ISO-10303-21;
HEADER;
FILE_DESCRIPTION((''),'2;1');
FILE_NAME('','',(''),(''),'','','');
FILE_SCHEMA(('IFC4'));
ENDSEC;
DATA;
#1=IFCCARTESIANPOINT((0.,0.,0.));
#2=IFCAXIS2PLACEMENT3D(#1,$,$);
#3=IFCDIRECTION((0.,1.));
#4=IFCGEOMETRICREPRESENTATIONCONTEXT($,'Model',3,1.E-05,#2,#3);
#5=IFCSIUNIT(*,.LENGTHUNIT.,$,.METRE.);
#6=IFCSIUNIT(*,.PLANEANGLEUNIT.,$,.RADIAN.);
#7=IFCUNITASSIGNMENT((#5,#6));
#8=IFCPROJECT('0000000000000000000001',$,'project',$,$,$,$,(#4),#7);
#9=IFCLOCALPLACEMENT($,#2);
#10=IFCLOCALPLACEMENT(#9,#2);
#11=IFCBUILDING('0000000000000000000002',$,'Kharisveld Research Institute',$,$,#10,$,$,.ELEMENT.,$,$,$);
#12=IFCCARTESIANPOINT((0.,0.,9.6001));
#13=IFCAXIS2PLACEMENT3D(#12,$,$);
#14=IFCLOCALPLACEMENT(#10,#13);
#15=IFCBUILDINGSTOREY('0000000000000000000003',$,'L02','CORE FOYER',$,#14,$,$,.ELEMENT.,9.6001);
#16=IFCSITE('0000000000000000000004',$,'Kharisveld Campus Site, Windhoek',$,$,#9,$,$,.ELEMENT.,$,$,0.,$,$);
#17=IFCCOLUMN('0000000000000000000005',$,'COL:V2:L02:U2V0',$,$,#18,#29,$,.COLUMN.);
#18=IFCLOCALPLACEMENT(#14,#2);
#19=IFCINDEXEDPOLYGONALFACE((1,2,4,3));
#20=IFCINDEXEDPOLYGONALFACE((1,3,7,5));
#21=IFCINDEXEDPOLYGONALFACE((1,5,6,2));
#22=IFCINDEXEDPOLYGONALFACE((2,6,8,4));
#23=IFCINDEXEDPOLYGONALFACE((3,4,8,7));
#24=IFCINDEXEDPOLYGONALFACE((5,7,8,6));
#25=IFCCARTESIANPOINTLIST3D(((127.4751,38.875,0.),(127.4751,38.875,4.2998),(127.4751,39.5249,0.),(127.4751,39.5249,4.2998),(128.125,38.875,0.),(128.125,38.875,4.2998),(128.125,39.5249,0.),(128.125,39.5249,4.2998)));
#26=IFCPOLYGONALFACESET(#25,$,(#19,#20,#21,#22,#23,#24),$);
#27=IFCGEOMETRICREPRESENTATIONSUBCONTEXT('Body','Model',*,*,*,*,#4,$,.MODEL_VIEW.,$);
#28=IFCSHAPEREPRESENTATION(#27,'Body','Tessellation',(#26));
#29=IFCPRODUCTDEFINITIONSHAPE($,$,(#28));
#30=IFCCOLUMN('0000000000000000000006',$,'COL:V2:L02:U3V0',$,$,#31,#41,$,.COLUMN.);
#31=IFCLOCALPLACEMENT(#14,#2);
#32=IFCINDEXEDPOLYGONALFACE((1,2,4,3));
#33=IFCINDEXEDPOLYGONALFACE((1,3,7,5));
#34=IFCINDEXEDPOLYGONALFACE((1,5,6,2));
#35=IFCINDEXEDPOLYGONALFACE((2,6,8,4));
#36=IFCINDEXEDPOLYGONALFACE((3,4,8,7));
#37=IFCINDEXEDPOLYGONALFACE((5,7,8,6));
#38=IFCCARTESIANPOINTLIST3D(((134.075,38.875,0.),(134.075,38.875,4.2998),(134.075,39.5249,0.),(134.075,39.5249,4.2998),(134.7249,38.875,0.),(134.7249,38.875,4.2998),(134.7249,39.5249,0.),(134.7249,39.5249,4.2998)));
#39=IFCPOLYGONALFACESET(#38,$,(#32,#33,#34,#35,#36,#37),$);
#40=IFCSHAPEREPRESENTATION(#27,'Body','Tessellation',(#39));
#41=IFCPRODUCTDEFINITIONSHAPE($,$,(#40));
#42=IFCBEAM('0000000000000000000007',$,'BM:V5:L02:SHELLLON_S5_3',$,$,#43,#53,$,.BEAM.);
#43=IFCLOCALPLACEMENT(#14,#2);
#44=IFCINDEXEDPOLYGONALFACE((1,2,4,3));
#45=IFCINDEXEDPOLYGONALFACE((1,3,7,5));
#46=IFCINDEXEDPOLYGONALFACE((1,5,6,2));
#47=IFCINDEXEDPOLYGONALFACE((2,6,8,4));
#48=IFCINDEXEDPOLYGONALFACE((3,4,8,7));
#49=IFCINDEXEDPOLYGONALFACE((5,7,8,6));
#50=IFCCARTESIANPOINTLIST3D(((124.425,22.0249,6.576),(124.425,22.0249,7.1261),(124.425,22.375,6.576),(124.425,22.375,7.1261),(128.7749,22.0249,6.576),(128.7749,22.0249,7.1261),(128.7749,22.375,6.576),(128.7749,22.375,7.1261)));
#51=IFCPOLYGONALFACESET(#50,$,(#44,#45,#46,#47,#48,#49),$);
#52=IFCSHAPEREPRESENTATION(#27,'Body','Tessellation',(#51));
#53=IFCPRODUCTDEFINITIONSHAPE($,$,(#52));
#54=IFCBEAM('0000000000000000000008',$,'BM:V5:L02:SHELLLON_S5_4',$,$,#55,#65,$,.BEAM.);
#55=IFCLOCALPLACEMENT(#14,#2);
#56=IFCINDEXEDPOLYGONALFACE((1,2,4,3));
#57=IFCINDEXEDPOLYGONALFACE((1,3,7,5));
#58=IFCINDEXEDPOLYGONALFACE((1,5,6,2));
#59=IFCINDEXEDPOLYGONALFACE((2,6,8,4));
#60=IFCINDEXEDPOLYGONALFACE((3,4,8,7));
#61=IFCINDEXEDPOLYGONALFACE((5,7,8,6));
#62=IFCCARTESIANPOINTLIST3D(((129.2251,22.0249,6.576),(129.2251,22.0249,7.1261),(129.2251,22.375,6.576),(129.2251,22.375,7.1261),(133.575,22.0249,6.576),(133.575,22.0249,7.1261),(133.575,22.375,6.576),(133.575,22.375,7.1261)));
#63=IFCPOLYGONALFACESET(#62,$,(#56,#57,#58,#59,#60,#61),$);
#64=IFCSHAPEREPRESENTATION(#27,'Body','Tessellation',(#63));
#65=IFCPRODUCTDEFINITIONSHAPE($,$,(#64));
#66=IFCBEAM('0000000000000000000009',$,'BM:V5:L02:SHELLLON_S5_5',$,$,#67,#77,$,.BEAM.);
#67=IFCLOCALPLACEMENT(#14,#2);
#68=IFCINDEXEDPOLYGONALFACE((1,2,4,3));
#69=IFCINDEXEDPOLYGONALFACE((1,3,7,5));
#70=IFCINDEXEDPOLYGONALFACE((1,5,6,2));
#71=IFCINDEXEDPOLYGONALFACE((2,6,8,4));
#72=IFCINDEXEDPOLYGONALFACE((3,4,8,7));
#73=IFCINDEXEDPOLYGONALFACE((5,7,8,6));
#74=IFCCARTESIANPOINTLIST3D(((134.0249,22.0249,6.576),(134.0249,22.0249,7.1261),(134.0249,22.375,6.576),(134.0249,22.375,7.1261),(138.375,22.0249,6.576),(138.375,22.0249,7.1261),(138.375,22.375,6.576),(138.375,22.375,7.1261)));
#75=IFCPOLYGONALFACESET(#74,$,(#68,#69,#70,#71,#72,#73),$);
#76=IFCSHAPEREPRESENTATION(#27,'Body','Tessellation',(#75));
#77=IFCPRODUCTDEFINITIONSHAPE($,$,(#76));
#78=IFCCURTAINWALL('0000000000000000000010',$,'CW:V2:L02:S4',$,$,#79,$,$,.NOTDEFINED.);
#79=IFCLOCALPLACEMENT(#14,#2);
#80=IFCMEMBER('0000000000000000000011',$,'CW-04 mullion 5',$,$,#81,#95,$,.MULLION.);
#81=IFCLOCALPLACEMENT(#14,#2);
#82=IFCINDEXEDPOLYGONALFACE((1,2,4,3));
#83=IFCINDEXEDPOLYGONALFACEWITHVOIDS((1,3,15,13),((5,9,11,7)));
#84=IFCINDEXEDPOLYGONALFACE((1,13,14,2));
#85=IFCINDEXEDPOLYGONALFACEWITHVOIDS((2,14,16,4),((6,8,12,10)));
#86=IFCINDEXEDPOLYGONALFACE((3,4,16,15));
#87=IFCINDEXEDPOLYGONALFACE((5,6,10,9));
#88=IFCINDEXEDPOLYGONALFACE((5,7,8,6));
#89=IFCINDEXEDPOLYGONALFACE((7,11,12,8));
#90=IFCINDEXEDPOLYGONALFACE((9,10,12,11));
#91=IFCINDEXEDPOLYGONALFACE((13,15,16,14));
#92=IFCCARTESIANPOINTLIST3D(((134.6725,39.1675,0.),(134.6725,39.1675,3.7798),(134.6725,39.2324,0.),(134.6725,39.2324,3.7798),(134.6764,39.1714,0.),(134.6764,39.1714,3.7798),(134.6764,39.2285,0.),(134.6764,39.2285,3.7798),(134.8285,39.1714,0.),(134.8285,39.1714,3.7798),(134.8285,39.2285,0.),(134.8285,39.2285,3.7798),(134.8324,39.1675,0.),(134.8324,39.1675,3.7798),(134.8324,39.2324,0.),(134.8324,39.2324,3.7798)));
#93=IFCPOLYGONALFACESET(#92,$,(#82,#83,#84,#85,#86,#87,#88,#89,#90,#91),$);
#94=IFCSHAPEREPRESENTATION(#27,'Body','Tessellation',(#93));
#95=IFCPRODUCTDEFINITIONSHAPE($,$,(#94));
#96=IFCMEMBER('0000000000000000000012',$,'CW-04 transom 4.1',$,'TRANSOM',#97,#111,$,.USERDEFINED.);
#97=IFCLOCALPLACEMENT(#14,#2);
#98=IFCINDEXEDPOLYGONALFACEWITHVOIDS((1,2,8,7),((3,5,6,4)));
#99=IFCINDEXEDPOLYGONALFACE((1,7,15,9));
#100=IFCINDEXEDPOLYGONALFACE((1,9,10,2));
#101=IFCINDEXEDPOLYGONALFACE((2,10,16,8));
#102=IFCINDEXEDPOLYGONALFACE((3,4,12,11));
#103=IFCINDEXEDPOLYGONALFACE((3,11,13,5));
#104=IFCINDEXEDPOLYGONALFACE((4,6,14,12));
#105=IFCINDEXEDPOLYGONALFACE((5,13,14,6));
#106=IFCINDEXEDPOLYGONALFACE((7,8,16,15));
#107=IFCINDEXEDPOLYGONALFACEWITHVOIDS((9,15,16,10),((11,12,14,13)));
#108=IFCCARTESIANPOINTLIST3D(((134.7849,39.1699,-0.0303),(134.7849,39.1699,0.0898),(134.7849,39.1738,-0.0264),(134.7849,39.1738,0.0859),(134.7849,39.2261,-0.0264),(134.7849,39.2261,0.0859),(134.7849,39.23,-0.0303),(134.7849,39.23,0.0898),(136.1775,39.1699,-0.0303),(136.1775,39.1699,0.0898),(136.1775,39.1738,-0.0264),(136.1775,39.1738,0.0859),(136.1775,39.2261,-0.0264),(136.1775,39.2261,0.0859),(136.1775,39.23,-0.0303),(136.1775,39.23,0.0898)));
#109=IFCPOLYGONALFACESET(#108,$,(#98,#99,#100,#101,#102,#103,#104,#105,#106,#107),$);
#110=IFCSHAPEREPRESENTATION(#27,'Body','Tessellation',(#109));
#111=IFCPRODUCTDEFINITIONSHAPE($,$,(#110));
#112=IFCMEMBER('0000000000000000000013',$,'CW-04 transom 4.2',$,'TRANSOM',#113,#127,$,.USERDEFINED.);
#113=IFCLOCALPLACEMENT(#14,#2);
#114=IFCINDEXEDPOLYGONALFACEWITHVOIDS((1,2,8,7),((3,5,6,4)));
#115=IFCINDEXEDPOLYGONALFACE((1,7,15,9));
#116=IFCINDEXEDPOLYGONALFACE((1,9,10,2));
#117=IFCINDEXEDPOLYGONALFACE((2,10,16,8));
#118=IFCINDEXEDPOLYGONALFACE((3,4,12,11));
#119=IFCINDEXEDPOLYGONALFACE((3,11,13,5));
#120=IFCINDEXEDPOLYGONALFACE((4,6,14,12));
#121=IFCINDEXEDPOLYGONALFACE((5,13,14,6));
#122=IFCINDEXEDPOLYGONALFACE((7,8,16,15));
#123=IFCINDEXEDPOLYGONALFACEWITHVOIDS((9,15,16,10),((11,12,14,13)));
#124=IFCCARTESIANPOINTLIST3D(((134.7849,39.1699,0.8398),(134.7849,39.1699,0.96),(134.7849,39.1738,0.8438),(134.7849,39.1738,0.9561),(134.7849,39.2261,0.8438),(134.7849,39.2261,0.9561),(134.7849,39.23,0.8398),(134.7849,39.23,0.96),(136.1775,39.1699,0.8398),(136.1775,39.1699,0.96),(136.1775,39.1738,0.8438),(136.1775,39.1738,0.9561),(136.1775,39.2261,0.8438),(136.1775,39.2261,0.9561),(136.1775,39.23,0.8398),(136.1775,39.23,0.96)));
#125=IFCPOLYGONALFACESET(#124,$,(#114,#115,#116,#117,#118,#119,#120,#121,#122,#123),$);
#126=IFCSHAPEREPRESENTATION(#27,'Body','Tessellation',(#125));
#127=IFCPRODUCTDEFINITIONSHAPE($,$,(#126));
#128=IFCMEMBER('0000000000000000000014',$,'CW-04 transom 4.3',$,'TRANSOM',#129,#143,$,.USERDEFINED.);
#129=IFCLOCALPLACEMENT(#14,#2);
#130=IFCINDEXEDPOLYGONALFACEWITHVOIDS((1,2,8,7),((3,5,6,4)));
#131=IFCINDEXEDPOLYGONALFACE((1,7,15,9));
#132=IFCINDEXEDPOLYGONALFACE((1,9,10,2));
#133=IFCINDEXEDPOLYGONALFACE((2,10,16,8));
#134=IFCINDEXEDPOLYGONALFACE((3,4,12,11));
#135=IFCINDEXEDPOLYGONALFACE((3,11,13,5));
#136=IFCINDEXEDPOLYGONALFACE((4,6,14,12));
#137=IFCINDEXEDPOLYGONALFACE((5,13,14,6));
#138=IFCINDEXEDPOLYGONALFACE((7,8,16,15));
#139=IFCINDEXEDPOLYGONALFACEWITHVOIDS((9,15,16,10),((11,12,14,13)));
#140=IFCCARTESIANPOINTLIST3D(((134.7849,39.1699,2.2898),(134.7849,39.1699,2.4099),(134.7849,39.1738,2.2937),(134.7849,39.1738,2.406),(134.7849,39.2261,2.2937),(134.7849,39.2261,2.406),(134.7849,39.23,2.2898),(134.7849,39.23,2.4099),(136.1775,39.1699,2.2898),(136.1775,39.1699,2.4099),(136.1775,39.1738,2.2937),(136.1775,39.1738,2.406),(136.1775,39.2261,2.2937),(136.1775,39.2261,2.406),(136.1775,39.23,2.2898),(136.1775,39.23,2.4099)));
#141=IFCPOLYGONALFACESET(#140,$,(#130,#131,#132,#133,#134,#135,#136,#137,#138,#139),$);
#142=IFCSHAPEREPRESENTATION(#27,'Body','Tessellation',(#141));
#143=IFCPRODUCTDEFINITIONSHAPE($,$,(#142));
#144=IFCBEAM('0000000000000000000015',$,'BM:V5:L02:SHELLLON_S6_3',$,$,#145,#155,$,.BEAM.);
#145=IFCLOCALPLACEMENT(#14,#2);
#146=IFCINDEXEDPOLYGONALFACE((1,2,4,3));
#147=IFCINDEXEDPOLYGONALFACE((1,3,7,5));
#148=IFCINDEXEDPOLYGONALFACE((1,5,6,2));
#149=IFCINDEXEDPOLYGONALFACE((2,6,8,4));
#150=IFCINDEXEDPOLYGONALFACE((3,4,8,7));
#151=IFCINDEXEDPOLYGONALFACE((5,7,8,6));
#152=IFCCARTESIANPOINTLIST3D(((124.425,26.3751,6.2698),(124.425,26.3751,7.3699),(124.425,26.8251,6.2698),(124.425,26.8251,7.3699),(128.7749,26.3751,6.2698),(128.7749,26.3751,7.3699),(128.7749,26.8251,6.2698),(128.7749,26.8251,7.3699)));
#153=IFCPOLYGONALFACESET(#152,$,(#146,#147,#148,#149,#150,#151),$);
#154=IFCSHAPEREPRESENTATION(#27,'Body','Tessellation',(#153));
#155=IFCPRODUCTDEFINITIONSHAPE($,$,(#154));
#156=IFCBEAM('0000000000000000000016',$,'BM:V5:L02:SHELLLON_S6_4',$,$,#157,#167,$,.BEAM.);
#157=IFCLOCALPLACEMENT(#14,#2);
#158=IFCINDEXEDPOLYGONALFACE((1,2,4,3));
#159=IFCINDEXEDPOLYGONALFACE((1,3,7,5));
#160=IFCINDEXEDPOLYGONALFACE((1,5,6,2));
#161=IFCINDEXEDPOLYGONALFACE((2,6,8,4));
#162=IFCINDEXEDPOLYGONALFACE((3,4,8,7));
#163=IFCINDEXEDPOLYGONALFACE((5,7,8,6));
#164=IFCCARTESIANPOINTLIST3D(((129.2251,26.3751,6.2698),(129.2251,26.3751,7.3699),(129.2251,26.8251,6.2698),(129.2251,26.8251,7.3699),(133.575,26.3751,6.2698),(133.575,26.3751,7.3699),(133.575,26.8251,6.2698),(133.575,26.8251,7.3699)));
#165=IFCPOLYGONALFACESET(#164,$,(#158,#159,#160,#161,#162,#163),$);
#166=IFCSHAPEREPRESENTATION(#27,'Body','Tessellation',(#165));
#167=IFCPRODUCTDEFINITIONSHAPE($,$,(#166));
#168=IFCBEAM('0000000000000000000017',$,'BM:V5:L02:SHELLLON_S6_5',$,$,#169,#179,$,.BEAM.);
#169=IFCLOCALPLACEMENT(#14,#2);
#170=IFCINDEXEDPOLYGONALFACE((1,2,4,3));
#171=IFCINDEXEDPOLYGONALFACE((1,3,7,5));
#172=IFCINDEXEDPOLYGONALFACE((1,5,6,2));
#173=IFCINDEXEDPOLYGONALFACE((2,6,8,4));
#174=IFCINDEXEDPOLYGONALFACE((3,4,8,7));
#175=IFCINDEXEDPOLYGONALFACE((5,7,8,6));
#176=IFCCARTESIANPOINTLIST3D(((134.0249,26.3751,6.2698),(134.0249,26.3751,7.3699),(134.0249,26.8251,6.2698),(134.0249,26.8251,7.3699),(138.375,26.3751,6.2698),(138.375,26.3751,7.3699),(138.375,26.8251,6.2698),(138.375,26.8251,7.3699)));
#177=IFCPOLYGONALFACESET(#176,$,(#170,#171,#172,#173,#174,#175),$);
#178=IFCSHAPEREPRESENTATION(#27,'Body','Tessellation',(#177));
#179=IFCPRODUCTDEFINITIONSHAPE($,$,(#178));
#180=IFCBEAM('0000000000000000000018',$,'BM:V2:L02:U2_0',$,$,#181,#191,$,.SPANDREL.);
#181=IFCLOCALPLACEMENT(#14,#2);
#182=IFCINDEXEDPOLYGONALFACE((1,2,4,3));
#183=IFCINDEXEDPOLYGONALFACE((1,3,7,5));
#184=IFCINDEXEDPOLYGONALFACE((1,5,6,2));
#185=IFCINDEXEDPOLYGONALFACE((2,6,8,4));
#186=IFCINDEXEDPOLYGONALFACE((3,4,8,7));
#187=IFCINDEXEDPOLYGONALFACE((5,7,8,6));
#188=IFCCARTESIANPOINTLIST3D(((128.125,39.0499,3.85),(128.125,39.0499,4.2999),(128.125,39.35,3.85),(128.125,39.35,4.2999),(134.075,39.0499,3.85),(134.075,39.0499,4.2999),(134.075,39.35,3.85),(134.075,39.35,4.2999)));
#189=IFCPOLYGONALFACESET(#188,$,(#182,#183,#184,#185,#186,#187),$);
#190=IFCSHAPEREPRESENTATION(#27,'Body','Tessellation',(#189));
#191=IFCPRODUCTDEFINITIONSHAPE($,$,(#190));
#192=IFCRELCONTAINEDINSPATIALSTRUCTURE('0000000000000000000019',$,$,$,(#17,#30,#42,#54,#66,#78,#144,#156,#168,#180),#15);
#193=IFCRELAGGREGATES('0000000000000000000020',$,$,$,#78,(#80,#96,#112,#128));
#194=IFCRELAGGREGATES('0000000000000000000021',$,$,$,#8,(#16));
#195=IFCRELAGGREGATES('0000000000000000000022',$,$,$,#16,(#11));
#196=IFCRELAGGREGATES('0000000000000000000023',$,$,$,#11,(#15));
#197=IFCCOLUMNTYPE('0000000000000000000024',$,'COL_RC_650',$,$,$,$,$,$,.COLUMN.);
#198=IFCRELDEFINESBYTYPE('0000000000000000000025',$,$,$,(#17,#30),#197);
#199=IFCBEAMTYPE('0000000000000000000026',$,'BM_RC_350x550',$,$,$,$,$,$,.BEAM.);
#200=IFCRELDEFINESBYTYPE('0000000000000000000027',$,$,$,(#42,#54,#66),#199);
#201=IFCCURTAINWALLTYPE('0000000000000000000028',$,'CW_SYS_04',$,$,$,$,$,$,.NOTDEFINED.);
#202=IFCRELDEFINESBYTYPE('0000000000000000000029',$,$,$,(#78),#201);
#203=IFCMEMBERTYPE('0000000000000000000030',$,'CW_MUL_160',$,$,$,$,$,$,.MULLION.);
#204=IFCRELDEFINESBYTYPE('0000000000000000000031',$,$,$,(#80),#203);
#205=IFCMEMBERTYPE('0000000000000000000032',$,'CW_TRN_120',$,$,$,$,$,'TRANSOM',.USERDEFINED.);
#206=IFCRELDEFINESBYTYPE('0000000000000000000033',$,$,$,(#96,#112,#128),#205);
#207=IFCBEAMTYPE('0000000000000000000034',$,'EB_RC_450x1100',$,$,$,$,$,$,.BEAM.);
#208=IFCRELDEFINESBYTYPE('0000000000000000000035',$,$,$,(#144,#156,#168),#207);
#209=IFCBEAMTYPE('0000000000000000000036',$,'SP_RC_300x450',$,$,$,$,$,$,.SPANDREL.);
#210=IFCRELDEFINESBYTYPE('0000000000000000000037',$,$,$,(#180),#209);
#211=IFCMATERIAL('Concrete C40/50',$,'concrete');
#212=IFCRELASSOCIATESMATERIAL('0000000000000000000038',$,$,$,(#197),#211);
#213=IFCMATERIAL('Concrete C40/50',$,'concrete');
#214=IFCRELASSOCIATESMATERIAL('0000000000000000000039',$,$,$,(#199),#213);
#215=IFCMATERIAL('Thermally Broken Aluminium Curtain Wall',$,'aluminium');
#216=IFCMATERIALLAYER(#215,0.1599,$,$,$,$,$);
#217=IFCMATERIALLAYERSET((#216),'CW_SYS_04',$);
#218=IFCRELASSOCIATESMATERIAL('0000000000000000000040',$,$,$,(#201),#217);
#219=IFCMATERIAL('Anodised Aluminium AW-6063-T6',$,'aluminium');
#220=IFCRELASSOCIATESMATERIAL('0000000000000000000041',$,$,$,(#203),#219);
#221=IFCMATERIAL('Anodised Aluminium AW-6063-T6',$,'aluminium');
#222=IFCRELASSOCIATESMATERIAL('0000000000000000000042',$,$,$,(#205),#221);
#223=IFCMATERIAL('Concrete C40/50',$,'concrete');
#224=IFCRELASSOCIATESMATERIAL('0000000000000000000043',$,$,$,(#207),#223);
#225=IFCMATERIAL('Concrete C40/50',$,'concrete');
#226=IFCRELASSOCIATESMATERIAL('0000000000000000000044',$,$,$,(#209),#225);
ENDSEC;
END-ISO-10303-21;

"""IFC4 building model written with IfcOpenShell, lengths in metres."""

from ifc_helpers import new_model, si_unit, direction, frame, origin, origin_2d, place, context, subcontext, project, spatial, rectangle, hollow_rectangle, extrude, material, layer, layer_set, material_profile, profile_set, type_object, element, aggregate, save


model = new_model("IFC4")

# Units and contexts
model_context = context("Model", 3, precision=1e-05, world=origin(), true_north=direction((0.0, 1.0)))
body_context = subcontext(model_context, "Body", "Model", "MODEL_VIEW")
ifc_project = project(units=[si_unit("LENGTHUNIT", "METRE"), si_unit("PLANEANGLEUNIT", "RADIAN")], contexts=[model_context])

# Site, building, storey
site_placement = place(None, origin())
site = spatial("IfcSite", under=ifc_project, at=site_placement, Name="Kharisveld Campus Site, Windhoek", CompositionType="ELEMENT", RefElevation=0.0)
building_placement = place(site_placement, origin())
building = spatial("IfcBuilding", under=site, at=building_placement, Name="Kharisveld Research Institute", CompositionType="ELEMENT")
storey_placement = place(building_placement, frame((0.0, 0.0, 9.6001)))
storey = spatial("IfcBuildingStorey", under=building, at=storey_placement, Name="L02", Description="CORE FOYER", CompositionType="ELEMENT", Elevation=9.6001)

# Columns
ifc_material_1 = material(Name="Concrete C40/50", Category="concrete")
ifc_material_profile_1 = material_profile(ifc_material_1, rectangle(XDim=0.6499, YDim=0.6499, at=origin_2d()))
ifc_profile_set_1 = profile_set([ifc_material_profile_1], Name="Concrete C40/50")
column_type = type_object("IfcColumnType", Name="COL_RC_650", PredefinedType="COLUMN", material=ifc_profile_set_1)
for number, where, z_axis, x_axis, name in (
    (1, (127.8, 39.2, 0.0), (0.0, 0.0, 1.0), (1.0, 0.0, 0.0), "COL:V2:L02:U2V0"),
    (2, (134.3999, 39.2, 0.0), (0.0, 0.0, 1.0), (1.0, 0.0, 0.0), "COL:V2:L02:U3V0"),
):
    element("IfcColumn", number, at=place(storey_placement, frame(where, z_axis=z_axis, x_axis=x_axis)), inside=storey, type_object=column_type, Name=name, PredefinedType="COLUMN", context=body_context, shape_type="SweptSolid", body=[
        extrude(rectangle(XDim=0.6499, YDim=0.6499, at=origin_2d()), origin(), (0.0, 0.0, 1.0), 4.2998),
    ])

# Beams
ifc_material_2 = material(Name="Concrete C40/50", Category="concrete")
ifc_material_profile_2 = material_profile(ifc_material_2, rectangle(XDim=0.3501, YDim=0.55, at=origin_2d()))
ifc_profile_set_2 = profile_set([ifc_material_profile_2], Name="Concrete C40/50")
beam_type_1 = type_object("IfcBeamType", Name="BM_RC_350x550", PredefinedType="BEAM", material=ifc_profile_set_2)
for number, where, z_axis, x_axis, name in (
    (3, (124.425, 22.2, 6.8511), (1.0, 0.0, 0.0), (0.0, 1.0, 0.0), "BM:V5:L02:SHELLLON_S5_3"),
    (4, (129.2251, 22.2, 6.8511), (1.0, 0.0, 0.0), (0.0, 1.0, 0.0), "BM:V5:L02:SHELLLON_S5_4"),
):
    element("IfcBeam", number, at=place(storey_placement, frame(where, z_axis=z_axis, x_axis=x_axis)), inside=storey, type_object=beam_type_1, Name=name, PredefinedType="BEAM", context=body_context, shape_type="SweptSolid", body=[
        extrude(rectangle(XDim=0.3501, YDim=0.55, at=origin_2d()), origin(), (0.0, 0.0, 1.0), 4.3499),
    ])
beam_1_placement = place(storey_placement, frame((134.0249, 22.2, 6.8511), z_axis=(1.0, 0.0, 0.0), x_axis=(0.0, 1.0, 0.0)))
element("IfcBeam", 5, at=beam_1_placement, inside=storey, type_object=beam_type_1, Name="BM:V5:L02:SHELLLON_S5_5", PredefinedType="BEAM", context=body_context, shape_type="SweptSolid", body=[
    extrude(rectangle(XDim=0.3501, YDim=0.55, at=origin_2d()), origin(), (0.0, 0.0, 1.0), 4.3501),
])

# Curtain wall, members
ifc_material_3 = material(Name="Thermally Broken Aluminium Curtain Wall", Category="aluminium")
ifc_layer_1 = layer(ifc_material_3, 0.1599)
ifc_layer_set_1 = layer_set([ifc_layer_1], Name="CW_SYS_04")
curtain_wall_type = type_object("IfcCurtainWallType", Name="CW_SYS_04", PredefinedType="NOTDEFINED", material=ifc_layer_set_1)
curtain_wall_placement = place(storey_placement, origin())
curtain_wall = element("IfcCurtainWall", 6, at=curtain_wall_placement, inside=storey, type_object=curtain_wall_type, Name="CW:V2:L02:S4", PredefinedType="NOTDEFINED")
ifc_material_4 = material(Name="Anodised Aluminium AW-6063-T6", Category="aluminium")
ifc_material_profile_3 = material_profile(ifc_material_4, hollow_rectangle(XDim=0.0649, YDim=0.1599, WallThickness=0.0039, at=origin_2d()))
ifc_profile_set_3 = profile_set([ifc_material_profile_3], Name="Anodised Aluminium AW-6063-T6")
member_type_1 = type_object("IfcMemberType", Name="CW_MUL_160", PredefinedType="MULLION", material=ifc_profile_set_3)
member_1_placement = place(storey_placement, frame((134.7524, 39.2, 0.0), z_axis=(0.0, 0.0, 1.0), x_axis=(0.0, -1.0, 0.0)))
member_1 = element("IfcMember", 7, at=member_1_placement, type_object=member_type_1, Name="CW-04 mullion 5", PredefinedType="MULLION", context=body_context, shape_type="SweptSolid", body=[
    extrude(hollow_rectangle(XDim=0.0649, YDim=0.1599, WallThickness=0.0039, at=origin_2d()), origin(), (0.0, 0.0, 1.0), 3.7798),
])
ifc_material_5 = material(Name="Anodised Aluminium AW-6063-T6", Category="aluminium")
ifc_material_profile_4 = material_profile(ifc_material_5, hollow_rectangle(XDim=0.0601, YDim=0.1201, WallThickness=0.0039, at=origin_2d()))
ifc_profile_set_4 = profile_set([ifc_material_profile_4], Name="Anodised Aluminium AW-6063-T6")
member_type_2 = type_object("IfcMemberType", Name="CW_TRN_120", ElementType="TRANSOM", PredefinedType="USERDEFINED", material=ifc_profile_set_4)
member_2_placement = place(storey_placement, frame((136.1775, 39.2, 0.0298), z_axis=(-1.0, 0.0, 0.0), x_axis=(0.0, -1.0, 0.0)))
member_2 = element("IfcMember", 8, at=member_2_placement, type_object=member_type_2, Name="CW-04 transom 4.1", ObjectType="TRANSOM", PredefinedType="USERDEFINED", context=body_context, shape_type="SweptSolid", body=[
    extrude(hollow_rectangle(XDim=0.0601, YDim=0.1201, WallThickness=0.0039, at=origin_2d()), origin(), (0.0, 0.0, 1.0), 1.3926),
])
member_3_placement = place(storey_placement, frame((136.1775, 39.2, 0.8999), z_axis=(-1.0, 0.0, 0.0), x_axis=(0.0, -1.0, 0.0)))
member_3 = element("IfcMember", 9, at=member_3_placement, type_object=member_type_2, Name="CW-04 transom 4.2", ObjectType="TRANSOM", PredefinedType="USERDEFINED", context=body_context, shape_type="SweptSolid", body=[
    extrude(hollow_rectangle(XDim=0.0601, YDim=0.1201, WallThickness=0.0039, at=origin_2d()), origin(), (0.0, 0.0, 1.0), 1.3926),
])
member_4_placement = place(storey_placement, frame((136.1775, 39.2, 2.3499), z_axis=(-1.0, 0.0, 0.0), x_axis=(0.0, -1.0, 0.0)))
member_4 = element("IfcMember", 10, at=member_4_placement, type_object=member_type_2, Name="CW-04 transom 4.3", ObjectType="TRANSOM", PredefinedType="USERDEFINED", context=body_context, shape_type="SweptSolid", body=[
    extrude(hollow_rectangle(XDim=0.0601, YDim=0.1201, WallThickness=0.0039, at=origin_2d()), origin(), (0.0, 0.0, 1.0), 1.3926),
])

# Beams
ifc_material_6 = material(Name="Concrete C40/50", Category="concrete")
ifc_material_profile_5 = material_profile(ifc_material_6, rectangle(XDim=0.45, YDim=1.1001, at=origin_2d()))
ifc_profile_set_5 = profile_set([ifc_material_profile_5], Name="Concrete C40/50")
beam_type_2 = type_object("IfcBeamType", Name="EB_RC_450x1100", PredefinedType="BEAM", material=ifc_profile_set_5)
for number, where, z_axis, x_axis, name in (
    (11, (124.425, 26.6001, 6.8198), (1.0, 0.0, 0.0), (0.0, 1.0, 0.0), "BM:V5:L02:SHELLLON_S6_3"),
    (12, (129.2251, 26.6001, 6.8198), (1.0, 0.0, 0.0), (0.0, 1.0, 0.0), "BM:V5:L02:SHELLLON_S6_4"),
):
    element("IfcBeam", number, at=place(storey_placement, frame(where, z_axis=z_axis, x_axis=x_axis)), inside=storey, type_object=beam_type_2, Name=name, PredefinedType="BEAM", context=body_context, shape_type="SweptSolid", body=[
        extrude(rectangle(XDim=0.45, YDim=1.1001, at=origin_2d()), origin(), (0.0, 0.0, 1.0), 4.3499),
    ])
beam_2_placement = place(storey_placement, frame((134.0249, 26.6001, 6.8198), z_axis=(1.0, 0.0, 0.0), x_axis=(0.0, 1.0, 0.0)))
element("IfcBeam", 13, at=beam_2_placement, inside=storey, type_object=beam_type_2, Name="BM:V5:L02:SHELLLON_S6_5", PredefinedType="BEAM", context=body_context, shape_type="SweptSolid", body=[
    extrude(rectangle(XDim=0.45, YDim=1.1001, at=origin_2d()), origin(), (0.0, 0.0, 1.0), 4.3501),
])
ifc_material_7 = material(Name="Concrete C40/50", Category="concrete")
ifc_material_profile_6 = material_profile(ifc_material_7, rectangle(XDim=0.3, YDim=0.45, at=origin_2d()))
ifc_profile_set_6 = profile_set([ifc_material_profile_6], Name="Concrete C40/50")
beam_type_3 = type_object("IfcBeamType", Name="SP_RC_300x450", PredefinedType="SPANDREL", material=ifc_profile_set_6)
for number, where, z_axis, x_axis, name in (
    (14, (128.125, 39.2, 4.075), (1.0, 0.0, 0.0), (0.0, 1.0, 0.0), "BM:V2:L02:U2_0"),
):
    element("IfcBeam", number, at=place(storey_placement, frame(where, z_axis=z_axis, x_axis=x_axis)), inside=storey, type_object=beam_type_3, Name=name, PredefinedType="SPANDREL", context=body_context, shape_type="SweptSolid", body=[
        extrude(rectangle(XDim=0.3, YDim=0.45, at=origin_2d()), origin(), (0.0, 0.0, 1.0), 5.95),
    ])

aggregate(curtain_wall, [member_1, member_2, member_3, member_4])

save(model, "model.ifc")
